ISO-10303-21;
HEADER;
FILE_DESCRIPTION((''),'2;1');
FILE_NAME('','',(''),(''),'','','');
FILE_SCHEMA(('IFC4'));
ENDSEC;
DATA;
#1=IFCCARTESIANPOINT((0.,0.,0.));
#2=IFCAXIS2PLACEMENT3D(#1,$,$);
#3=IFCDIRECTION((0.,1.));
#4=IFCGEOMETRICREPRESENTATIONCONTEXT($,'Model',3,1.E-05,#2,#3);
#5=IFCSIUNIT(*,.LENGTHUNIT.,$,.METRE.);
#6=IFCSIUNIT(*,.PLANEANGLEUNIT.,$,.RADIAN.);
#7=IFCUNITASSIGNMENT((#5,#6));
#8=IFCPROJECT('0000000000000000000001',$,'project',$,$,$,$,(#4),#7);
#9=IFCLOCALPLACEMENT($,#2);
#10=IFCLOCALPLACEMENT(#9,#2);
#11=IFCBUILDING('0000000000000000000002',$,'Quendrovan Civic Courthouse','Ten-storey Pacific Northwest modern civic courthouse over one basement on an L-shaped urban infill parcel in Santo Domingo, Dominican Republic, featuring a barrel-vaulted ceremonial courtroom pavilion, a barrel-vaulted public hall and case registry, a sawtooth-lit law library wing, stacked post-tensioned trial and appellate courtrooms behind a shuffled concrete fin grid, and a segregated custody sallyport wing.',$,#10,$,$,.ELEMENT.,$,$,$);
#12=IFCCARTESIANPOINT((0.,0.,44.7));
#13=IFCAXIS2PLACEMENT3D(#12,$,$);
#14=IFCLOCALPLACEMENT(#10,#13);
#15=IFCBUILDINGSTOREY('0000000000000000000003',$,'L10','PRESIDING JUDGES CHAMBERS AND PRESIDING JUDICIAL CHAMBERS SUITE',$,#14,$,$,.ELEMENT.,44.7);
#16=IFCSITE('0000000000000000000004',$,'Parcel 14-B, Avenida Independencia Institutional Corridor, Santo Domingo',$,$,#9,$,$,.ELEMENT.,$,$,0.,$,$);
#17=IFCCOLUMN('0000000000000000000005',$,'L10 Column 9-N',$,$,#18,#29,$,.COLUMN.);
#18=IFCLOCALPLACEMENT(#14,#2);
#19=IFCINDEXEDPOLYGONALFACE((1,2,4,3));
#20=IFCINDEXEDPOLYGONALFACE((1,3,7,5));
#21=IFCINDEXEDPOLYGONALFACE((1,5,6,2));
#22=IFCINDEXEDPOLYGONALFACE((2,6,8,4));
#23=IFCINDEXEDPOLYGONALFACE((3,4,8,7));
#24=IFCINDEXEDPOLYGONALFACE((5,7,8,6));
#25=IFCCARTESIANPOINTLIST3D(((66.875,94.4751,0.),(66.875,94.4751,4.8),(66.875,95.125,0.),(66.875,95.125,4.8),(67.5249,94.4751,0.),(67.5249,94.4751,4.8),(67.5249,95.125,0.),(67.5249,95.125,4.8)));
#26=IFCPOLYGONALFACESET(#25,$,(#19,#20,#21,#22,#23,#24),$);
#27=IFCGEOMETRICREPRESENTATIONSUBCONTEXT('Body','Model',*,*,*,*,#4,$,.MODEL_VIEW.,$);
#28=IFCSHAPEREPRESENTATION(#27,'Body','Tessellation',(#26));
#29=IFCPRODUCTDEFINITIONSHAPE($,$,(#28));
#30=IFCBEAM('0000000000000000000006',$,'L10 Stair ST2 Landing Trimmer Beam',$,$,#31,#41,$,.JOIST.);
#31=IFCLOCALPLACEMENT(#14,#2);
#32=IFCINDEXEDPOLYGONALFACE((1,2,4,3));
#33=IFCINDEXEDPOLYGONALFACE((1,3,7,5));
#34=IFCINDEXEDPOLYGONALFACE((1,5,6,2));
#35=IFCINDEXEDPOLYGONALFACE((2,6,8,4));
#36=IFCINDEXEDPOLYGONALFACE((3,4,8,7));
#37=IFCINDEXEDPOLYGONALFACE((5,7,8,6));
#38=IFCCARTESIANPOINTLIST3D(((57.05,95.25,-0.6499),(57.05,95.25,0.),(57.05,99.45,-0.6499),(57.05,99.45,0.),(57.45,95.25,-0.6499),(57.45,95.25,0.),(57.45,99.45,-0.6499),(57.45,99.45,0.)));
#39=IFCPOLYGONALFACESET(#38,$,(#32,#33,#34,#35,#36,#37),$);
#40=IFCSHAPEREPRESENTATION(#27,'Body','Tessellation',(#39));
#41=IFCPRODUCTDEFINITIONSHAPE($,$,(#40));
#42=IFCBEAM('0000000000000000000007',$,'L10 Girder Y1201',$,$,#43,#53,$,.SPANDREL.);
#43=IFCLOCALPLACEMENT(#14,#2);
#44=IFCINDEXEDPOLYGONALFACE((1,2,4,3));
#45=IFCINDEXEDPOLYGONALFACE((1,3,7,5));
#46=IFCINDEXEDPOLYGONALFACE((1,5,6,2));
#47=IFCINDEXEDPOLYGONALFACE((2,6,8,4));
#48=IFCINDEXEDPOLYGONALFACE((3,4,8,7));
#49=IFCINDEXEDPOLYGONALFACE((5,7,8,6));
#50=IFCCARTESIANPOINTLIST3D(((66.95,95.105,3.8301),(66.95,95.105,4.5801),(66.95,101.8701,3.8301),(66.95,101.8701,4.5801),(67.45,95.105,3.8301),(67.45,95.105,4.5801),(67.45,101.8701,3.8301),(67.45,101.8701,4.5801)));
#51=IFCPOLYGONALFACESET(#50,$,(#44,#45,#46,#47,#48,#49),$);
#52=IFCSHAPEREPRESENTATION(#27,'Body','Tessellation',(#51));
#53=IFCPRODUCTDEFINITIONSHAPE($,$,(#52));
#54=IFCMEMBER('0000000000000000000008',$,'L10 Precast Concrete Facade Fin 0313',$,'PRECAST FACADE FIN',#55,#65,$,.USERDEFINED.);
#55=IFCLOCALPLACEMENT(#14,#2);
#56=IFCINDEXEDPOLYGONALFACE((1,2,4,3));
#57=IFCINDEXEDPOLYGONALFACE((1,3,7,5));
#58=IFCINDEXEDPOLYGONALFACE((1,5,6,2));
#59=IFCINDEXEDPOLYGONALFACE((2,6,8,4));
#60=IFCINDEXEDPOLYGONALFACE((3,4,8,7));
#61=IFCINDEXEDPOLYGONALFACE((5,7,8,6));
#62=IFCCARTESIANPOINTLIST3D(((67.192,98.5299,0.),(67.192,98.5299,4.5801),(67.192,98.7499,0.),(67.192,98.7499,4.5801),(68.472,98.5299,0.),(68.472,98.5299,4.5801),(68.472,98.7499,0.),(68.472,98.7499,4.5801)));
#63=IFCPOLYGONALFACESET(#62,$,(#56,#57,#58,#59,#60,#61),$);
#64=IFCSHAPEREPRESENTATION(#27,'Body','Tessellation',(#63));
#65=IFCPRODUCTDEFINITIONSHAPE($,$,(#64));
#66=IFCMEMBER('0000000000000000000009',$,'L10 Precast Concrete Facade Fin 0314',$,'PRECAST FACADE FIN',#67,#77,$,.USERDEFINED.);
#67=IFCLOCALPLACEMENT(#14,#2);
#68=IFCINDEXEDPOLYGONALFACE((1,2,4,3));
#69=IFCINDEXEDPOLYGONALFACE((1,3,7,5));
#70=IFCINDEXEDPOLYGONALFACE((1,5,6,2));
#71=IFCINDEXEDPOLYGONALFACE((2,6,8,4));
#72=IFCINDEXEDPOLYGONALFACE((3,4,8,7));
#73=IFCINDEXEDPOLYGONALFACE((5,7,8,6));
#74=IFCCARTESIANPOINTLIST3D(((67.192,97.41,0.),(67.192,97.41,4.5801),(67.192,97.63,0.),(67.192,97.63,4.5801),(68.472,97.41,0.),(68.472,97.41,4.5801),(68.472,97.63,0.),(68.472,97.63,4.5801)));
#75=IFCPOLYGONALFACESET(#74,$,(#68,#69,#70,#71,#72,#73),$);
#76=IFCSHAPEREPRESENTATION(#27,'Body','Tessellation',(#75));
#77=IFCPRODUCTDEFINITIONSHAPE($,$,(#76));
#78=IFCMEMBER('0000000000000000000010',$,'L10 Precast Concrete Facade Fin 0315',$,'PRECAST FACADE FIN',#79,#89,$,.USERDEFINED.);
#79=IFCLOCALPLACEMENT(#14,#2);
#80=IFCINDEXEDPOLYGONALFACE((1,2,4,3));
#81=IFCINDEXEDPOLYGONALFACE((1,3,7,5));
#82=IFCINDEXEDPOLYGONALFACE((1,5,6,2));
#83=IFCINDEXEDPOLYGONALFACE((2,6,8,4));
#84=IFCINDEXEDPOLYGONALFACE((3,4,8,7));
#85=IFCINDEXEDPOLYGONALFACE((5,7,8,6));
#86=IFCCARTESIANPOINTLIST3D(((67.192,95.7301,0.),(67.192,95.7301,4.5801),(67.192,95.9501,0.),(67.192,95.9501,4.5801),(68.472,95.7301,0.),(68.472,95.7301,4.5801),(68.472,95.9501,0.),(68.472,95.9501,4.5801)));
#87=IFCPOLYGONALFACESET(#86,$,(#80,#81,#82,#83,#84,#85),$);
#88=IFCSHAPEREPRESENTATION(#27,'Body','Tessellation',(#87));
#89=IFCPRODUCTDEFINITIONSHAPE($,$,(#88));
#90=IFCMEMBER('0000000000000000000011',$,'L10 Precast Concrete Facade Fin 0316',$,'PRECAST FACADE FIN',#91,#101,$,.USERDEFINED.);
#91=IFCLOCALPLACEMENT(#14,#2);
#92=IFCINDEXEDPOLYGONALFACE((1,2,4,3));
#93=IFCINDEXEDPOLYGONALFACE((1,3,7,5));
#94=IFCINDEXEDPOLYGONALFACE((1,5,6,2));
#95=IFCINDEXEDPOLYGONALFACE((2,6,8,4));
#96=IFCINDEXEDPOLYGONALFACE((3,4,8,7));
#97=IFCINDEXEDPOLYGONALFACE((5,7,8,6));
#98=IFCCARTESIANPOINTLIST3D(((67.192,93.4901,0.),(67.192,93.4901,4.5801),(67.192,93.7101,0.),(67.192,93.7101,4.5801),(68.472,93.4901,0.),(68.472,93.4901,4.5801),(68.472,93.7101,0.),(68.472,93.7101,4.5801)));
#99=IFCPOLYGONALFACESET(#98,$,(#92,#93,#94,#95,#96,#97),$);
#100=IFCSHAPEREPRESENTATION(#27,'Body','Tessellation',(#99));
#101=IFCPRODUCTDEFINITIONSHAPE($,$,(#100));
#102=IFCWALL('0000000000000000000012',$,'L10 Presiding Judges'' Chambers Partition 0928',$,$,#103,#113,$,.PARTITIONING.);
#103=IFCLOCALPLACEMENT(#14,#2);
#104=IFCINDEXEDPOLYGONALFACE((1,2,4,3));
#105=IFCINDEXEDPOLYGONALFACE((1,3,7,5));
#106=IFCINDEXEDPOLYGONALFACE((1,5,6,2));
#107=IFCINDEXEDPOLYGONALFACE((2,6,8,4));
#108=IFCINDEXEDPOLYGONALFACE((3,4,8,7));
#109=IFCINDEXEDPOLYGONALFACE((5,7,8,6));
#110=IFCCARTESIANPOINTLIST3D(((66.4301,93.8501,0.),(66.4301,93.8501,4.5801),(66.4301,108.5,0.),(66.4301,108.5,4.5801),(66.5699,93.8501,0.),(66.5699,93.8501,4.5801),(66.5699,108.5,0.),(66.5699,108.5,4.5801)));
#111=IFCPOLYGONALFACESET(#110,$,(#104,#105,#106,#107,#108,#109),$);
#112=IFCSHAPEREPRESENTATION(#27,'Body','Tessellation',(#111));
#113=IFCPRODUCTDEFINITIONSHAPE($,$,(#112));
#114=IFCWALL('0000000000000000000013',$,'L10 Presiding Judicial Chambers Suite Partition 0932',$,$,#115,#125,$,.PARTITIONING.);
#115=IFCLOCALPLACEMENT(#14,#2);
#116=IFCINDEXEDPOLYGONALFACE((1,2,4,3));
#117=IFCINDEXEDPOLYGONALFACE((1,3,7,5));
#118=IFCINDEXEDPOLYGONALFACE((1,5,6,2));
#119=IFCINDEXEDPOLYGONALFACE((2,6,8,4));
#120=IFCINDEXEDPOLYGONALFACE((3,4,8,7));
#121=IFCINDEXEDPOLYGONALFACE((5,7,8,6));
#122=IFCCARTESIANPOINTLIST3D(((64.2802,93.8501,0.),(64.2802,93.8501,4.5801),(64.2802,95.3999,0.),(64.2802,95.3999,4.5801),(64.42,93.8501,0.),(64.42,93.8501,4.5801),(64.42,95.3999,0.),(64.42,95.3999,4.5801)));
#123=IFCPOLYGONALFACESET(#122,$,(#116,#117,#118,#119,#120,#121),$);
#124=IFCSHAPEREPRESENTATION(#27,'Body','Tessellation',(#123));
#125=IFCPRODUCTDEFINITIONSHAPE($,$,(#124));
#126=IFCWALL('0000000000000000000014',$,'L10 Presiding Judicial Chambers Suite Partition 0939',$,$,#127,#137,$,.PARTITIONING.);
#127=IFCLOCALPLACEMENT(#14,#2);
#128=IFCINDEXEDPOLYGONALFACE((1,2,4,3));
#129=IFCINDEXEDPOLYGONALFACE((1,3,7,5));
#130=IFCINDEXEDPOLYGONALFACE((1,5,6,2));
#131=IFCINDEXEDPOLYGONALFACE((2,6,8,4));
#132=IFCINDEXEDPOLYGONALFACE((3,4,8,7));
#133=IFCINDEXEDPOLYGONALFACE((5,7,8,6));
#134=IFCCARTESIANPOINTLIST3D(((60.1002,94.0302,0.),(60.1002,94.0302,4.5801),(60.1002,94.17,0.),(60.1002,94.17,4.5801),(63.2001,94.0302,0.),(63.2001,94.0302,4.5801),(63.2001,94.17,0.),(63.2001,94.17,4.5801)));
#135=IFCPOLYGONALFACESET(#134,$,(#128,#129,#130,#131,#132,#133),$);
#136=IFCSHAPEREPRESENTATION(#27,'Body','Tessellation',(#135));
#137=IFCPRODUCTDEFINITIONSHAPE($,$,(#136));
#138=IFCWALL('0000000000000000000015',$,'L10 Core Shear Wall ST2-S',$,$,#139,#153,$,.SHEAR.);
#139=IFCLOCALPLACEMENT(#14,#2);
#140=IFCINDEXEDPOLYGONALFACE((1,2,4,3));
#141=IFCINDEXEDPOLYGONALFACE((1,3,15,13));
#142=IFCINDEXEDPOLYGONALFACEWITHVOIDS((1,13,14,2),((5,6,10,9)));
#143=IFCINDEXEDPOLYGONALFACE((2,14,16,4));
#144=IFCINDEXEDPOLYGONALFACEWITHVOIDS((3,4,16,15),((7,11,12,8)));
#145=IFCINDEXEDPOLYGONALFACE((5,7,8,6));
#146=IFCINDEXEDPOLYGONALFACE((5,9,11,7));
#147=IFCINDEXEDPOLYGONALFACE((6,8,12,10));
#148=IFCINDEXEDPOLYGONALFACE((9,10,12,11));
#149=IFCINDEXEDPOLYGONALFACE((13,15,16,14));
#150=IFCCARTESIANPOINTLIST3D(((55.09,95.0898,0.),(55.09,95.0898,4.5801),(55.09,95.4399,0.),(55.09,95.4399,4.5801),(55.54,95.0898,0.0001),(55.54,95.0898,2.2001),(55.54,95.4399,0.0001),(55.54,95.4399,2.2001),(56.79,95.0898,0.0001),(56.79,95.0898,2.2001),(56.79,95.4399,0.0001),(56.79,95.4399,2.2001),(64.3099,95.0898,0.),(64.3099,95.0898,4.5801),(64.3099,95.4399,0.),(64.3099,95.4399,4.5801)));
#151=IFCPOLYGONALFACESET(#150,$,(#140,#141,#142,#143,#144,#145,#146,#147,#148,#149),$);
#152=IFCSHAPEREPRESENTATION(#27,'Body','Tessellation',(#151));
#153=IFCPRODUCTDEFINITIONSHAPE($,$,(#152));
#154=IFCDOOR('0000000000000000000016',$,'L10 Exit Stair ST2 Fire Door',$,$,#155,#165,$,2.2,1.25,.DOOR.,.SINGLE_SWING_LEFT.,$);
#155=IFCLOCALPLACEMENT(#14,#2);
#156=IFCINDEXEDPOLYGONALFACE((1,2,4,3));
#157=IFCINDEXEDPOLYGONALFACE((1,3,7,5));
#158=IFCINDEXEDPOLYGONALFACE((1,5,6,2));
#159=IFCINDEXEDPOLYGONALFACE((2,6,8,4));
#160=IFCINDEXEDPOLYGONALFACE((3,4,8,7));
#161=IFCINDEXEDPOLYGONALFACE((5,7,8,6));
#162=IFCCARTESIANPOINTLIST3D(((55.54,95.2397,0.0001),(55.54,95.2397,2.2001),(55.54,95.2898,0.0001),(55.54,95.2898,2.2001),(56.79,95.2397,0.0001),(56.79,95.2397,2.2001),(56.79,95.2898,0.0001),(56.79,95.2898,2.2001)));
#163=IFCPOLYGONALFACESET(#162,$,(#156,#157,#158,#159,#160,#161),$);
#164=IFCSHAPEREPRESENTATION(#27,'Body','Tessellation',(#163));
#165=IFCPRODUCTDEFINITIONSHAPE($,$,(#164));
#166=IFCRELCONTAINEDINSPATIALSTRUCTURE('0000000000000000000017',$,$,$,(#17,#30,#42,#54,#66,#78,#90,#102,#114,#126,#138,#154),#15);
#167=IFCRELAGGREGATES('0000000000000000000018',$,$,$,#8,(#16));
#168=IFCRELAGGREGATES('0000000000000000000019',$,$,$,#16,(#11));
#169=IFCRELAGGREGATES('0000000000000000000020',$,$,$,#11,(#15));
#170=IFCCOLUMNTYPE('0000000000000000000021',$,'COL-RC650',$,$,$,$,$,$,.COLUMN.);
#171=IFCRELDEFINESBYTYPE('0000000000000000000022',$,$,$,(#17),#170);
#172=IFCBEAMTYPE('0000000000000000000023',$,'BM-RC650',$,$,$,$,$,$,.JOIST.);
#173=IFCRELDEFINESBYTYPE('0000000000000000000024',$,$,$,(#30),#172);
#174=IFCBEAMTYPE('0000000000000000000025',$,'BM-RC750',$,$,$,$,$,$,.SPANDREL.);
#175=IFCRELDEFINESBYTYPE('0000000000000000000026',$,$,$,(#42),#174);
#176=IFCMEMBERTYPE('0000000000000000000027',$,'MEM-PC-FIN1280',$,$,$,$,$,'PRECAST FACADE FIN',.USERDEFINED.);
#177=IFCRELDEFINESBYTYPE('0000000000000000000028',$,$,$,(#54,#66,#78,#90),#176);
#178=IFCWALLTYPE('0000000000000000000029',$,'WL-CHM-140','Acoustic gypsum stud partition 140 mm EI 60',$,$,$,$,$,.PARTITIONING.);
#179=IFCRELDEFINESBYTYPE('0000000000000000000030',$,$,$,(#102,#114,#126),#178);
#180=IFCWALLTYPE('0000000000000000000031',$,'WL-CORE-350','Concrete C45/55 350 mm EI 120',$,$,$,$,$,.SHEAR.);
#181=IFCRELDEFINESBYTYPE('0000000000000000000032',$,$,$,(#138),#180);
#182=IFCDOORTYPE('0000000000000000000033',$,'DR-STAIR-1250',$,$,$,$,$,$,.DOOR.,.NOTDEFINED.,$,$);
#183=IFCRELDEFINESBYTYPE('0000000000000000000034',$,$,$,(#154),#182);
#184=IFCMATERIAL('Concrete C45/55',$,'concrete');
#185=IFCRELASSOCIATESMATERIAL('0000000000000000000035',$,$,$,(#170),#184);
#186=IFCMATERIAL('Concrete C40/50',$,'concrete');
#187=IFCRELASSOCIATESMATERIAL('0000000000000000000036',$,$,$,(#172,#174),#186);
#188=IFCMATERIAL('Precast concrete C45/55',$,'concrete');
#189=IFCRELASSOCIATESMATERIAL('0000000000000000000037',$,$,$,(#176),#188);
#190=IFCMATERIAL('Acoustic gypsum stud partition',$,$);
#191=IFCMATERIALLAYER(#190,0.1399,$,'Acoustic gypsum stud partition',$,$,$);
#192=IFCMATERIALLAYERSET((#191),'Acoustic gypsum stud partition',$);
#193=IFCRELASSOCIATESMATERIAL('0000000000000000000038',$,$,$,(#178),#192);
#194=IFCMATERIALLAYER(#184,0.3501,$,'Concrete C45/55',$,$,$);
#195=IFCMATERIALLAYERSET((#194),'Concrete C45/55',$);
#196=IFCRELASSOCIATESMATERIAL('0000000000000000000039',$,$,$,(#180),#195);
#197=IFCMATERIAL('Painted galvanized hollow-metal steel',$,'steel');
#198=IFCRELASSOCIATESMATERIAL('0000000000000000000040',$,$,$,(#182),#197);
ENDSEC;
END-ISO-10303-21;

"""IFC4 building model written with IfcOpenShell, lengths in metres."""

from ifc_helpers import new_model, si_unit, direction, frame, frame_2d, origin, origin_2d, place, context, subcontext, project, spatial, rectangle, extrude, material, layer, layer_set, material_profile, profile_set, type_object, element, fill, save


model = new_model("IFC4")

# Units and contexts
model_context = context("Model", 3, precision=1e-05, world=origin(), true_north=direction((0.0, 1.0)))
body_context = subcontext(model_context, "Body", "Model", "MODEL_VIEW")
ifc_project = project(units=[si_unit("LENGTHUNIT", "METRE"), si_unit("PLANEANGLEUNIT", "RADIAN")], contexts=[model_context])

# Site, building, storey
site_placement = place(None, origin())
site = spatial("IfcSite", under=ifc_project, at=site_placement, Name="Parcel 14-B, Avenida Independencia Institutional Corridor, Santo Domingo", CompositionType="ELEMENT", RefElevation=0.0)
building_placement = place(site_placement, origin())
building = spatial("IfcBuilding", under=site, at=building_placement, Name="Quendrovan Civic Courthouse", Description="Ten-storey Pacific Northwest modern civic courthouse over one basement on an L-shaped urban infill parcel in Santo Domingo, Dominican Republic, featuring a barrel-vaulted ceremonial courtroom pavilion, a barrel-vaulted public hall and case registry, a sawtooth-lit law library wing, stacked post-tensioned trial and appellate courtrooms behind a shuffled concrete fin grid, and a segregated custody sallyport wing.", CompositionType="ELEMENT")
storey_placement = place(building_placement, frame((0.0, 0.0, 44.7)))
storey = spatial("IfcBuildingStorey", under=building, at=storey_placement, Name="L10", Description="PRESIDING JUDGES CHAMBERS AND PRESIDING JUDICIAL CHAMBERS SUITE", CompositionType="ELEMENT", Elevation=44.7)

# Column
ifc_material_1 = material(Name="Concrete C45/55", Category="concrete")
ifc_material_profile_1 = material_profile(ifc_material_1, rectangle(XDim=0.6499, YDim=0.6499, at=origin_2d()), Name="RC-COL-650x650")
ifc_profile_set_1 = profile_set([ifc_material_profile_1], Name="Concrete C45/55")
column_type = type_object("IfcColumnType", Name="COL-RC650", PredefinedType="COLUMN", material=ifc_profile_set_1)
column_placement = place(storey_placement, frame((67.2, 94.8, 0.0), z_axis=(0.0, 0.0, 1.0), x_axis=(1.0, 0.0, 0.0)))
element("IfcColumn", 1, at=column_placement, inside=storey, type_object=column_type, Name="L10 Column 9-N", PredefinedType="COLUMN", context=body_context, shape_type="SweptSolid", body=[
    extrude(rectangle(XDim=0.6499, YDim=0.6499, at=origin_2d()), origin(), (0.0, 0.0, 1.0), 4.8),
])

# Beams
ifc_material_2 = material(Name="Concrete C40/50", Category="concrete")
ifc_material_profile_2 = material_profile(ifc_material_2, rectangle(XDim=0.3999, YDim=0.6499, at=origin_2d()), Name="RC-BM-400x650")
ifc_profile_set_2 = profile_set([ifc_material_profile_2], Name="Concrete C40/50")
beam_type_1 = type_object("IfcBeamType", Name="BM-RC650", PredefinedType="JOIST", material=ifc_profile_set_2)
beam_1_placement = place(storey_placement, frame((57.25, 95.25, -0.325), z_axis=(0.0, 1.0, 0.0), x_axis=(-1.0, 0.0, 0.0)))
element("IfcBeam", 2, at=beam_1_placement, inside=storey, type_object=beam_type_1, Name="L10 Stair ST2 Landing Trimmer Beam", PredefinedType="JOIST", context=body_context, shape_type="SweptSolid", body=[
    extrude(rectangle(XDim=0.3999, YDim=0.6499, at=origin_2d()), origin(), (0.0, 0.0, 1.0), 4.2),
])
ifc_material_profile_3 = material_profile(ifc_material_2, rectangle(XDim=0.5, YDim=0.75, at=origin_2d()), Name="RC-BM-500x750")
ifc_profile_set_3 = profile_set([ifc_material_profile_3], Name="Concrete C40/50")
beam_type_2 = type_object("IfcBeamType", Name="BM-RC750", PredefinedType="SPANDREL", material=ifc_profile_set_3)
beam_2_placement = place(storey_placement, frame((67.2, 95.105, 4.2051), z_axis=(0.0, 1.0, 0.0), x_axis=(-1.0, 0.0, 0.0)))
element("IfcBeam", 3, at=beam_2_placement, inside=storey, type_object=beam_type_2, Name="L10 Girder Y1201", PredefinedType="SPANDREL", context=body_context, shape_type="SweptSolid", body=[
    extrude(rectangle(XDim=0.5, YDim=0.75, at=origin_2d()), origin(), (0.0, 0.0, 1.0), 6.7651),
])

# Members
ifc_material_3 = material(Name="Precast concrete C45/55", Category="concrete")
ifc_material_profile_4 = material_profile(ifc_material_3, rectangle(XDim=0.22, YDim=1.28, at=origin_2d()), Name="PC-FIN-220x1280")
ifc_profile_set_4 = profile_set([ifc_material_profile_4], Name="Precast concrete C45/55")
member_type = type_object("IfcMemberType", Name="MEM-PC-FIN1280", ElementType="PRECAST FACADE FIN", PredefinedType="USERDEFINED", material=ifc_profile_set_4)
for number, where, z_axis, x_axis, name in (
    (4, (67.832, 98.6399, 0.0), (0.0, 0.0, 1.0), (0.0, -1.0, 0.0), "L10 Precast Concrete Facade Fin 0313"),
    (5, (67.832, 97.52, 0.0), (0.0, 0.0, 1.0), (0.0, -1.0, 0.0), "L10 Precast Concrete Facade Fin 0314"),
    (6, (67.832, 95.8401, 0.0), (0.0, 0.0, 1.0), (0.0, -1.0, 0.0), "L10 Precast Concrete Facade Fin 0315"),
    (7, (67.832, 93.6001, 0.0), (0.0, 0.0, 1.0), (0.0, -1.0, 0.0), "L10 Precast Concrete Facade Fin 0316"),
):
    element("IfcMember", number, at=place(storey_placement, frame(where, z_axis=z_axis, x_axis=x_axis)), inside=storey, type_object=member_type, Name=name, ObjectType="PRECAST FACADE FIN", PredefinedType="USERDEFINED", context=body_context, shape_type="SweptSolid", body=[
        extrude(rectangle(XDim=0.22, YDim=1.28, at=origin_2d()), origin(), (0.0, 0.0, 1.0), 4.5801),
    ])

# Walls
ifc_material_4 = material(Name="Acoustic gypsum stud partition")
ifc_layer_1 = layer(ifc_material_4, 0.1399, Name="Acoustic gypsum stud partition")
ifc_layer_set_1 = layer_set([ifc_layer_1], Name="Acoustic gypsum stud partition")
wall_type_1 = type_object("IfcWallType", Name="WL-CHM-140", Description="Acoustic gypsum stud partition 140 mm EI 60", PredefinedType="PARTITIONING", material=ifc_layer_set_1)
wall_1_placement = place(storey_placement, frame((66.5, 93.8501, 0.0), z_axis=(0.0, 0.0, 1.0), x_axis=(0.0, 1.0, 0.0)))
element("IfcWall", 8, at=wall_1_placement, inside=storey, type_object=wall_type_1, Name="L10 Presiding Judges' Chambers Partition 0928", PredefinedType="PARTITIONING", context=body_context, shape_type="SweptSolid", body=[
    extrude(rectangle(XDim=14.6499, YDim=0.1399, at=frame_2d((7.325, 0.0))), origin(), (0.0, 0.0, 1.0), 4.5801),
])
wall_2_placement = place(storey_placement, frame((64.3501, 95.3999, 0.0), z_axis=(0.0, 0.0, 1.0), x_axis=(0.0, -1.0, 0.0)))
element("IfcWall", 9, at=wall_2_placement, inside=storey, type_object=wall_type_1, Name="L10 Presiding Judicial Chambers Suite Partition 0932", PredefinedType="PARTITIONING", context=body_context, shape_type="SweptSolid", body=[
    extrude(rectangle(XDim=1.5498, YDim=0.1399, at=frame_2d((0.7749, 0.0))), origin(), (0.0, 0.0, 1.0), 4.5801),
])
wall_3_placement = place(storey_placement, frame((63.2, 94.1001, 0.0), z_axis=(0.0, 0.0, 1.0), x_axis=(-1.0, 0.0, 0.0)))
element("IfcWall", 10, at=wall_3_placement, inside=storey, type_object=wall_type_1, Name="L10 Presiding Judicial Chambers Suite Partition 0939", PredefinedType="PARTITIONING", context=body_context, shape_type="SweptSolid", body=[
    extrude(rectangle(XDim=3.0999, YDim=0.1399, at=frame_2d((1.5498, 0.0))), origin(), (0.0, 0.0, 1.0), 4.5801),
])

# Wall, opening, door
ifc_layer_2 = layer(ifc_material_1, 0.3501, Name="Concrete C45/55")
ifc_layer_set_2 = layer_set([ifc_layer_2], Name="Concrete C45/55")
wall_type_2 = type_object("IfcWallType", Name="WL-CORE-350", Description="Concrete C45/55 350 mm EI 120", PredefinedType="SHEAR", material=ifc_layer_set_2)
wall_4_placement = place(storey_placement, frame((55.0901, 95.2649, 0.0), z_axis=(0.0, 0.0, 1.0), x_axis=(1.0, 0.0, 0.0)))
wall_4 = element("IfcWall", 11, at=wall_4_placement, inside=storey, type_object=wall_type_2, Name="L10 Core Shear Wall ST2-S", PredefinedType="SHEAR", context=body_context, shape_type="SweptSolid", body=[
    extrude(rectangle(XDim=9.22, YDim=0.3501, at=frame_2d((4.6099, 0.0))), origin(), (0.0, 0.0, 1.0), 4.5801),
])
opening_1_placement = place(wall_4_placement, frame((0.45, 0.0, 0.0)))
opening_1 = element("IfcOpeningElement", 12, at=opening_1_placement, cuts=wall_4, PredefinedType="OPENING", context=body_context, shape_type="SweptSolid", body=[
    extrude(rectangle(XDim=1.25, YDim=2.2, at=frame_2d((0.625, 1.1001))), frame((0.0, 0.1851, 0.0), z_axis=(0.0, -1.0, 0.0), x_axis=(1.0, 0.0, 0.0)), (0.0, 0.0, 1.0), 0.3701),
])
ifc_material_5 = material(Name="Painted galvanized hollow-metal steel", Category="steel")
door_type_1 = type_object("IfcDoorType", Name="DR-STAIR-1250", OperationType="NOTDEFINED", PredefinedType="DOOR", material=ifc_material_5)
door_1_placement = place(opening_1_placement, origin())
door_1 = element("IfcDoor", 13, at=door_1_placement, inside=storey, type_object=door_type_1, Name="L10 Exit Stair ST2 Fire Door", OperationType="SINGLE_SWING_LEFT", OverallHeight=2.2, OverallWidth=1.25, PredefinedType="DOOR", context=body_context, shape_type="SweptSolid", body=[
    extrude(rectangle(XDim=1.25, YDim=2.2, at=frame_2d((0.625, 1.1001))), frame((0.0, 0.0249, 0.0), z_axis=(0.0, -1.0, 0.0), x_axis=(1.0, 0.0, 0.0)), (0.0, 0.0, 1.0), 0.05),
])
fill(opening_1, door_1)

save(model, "model.ifc")
